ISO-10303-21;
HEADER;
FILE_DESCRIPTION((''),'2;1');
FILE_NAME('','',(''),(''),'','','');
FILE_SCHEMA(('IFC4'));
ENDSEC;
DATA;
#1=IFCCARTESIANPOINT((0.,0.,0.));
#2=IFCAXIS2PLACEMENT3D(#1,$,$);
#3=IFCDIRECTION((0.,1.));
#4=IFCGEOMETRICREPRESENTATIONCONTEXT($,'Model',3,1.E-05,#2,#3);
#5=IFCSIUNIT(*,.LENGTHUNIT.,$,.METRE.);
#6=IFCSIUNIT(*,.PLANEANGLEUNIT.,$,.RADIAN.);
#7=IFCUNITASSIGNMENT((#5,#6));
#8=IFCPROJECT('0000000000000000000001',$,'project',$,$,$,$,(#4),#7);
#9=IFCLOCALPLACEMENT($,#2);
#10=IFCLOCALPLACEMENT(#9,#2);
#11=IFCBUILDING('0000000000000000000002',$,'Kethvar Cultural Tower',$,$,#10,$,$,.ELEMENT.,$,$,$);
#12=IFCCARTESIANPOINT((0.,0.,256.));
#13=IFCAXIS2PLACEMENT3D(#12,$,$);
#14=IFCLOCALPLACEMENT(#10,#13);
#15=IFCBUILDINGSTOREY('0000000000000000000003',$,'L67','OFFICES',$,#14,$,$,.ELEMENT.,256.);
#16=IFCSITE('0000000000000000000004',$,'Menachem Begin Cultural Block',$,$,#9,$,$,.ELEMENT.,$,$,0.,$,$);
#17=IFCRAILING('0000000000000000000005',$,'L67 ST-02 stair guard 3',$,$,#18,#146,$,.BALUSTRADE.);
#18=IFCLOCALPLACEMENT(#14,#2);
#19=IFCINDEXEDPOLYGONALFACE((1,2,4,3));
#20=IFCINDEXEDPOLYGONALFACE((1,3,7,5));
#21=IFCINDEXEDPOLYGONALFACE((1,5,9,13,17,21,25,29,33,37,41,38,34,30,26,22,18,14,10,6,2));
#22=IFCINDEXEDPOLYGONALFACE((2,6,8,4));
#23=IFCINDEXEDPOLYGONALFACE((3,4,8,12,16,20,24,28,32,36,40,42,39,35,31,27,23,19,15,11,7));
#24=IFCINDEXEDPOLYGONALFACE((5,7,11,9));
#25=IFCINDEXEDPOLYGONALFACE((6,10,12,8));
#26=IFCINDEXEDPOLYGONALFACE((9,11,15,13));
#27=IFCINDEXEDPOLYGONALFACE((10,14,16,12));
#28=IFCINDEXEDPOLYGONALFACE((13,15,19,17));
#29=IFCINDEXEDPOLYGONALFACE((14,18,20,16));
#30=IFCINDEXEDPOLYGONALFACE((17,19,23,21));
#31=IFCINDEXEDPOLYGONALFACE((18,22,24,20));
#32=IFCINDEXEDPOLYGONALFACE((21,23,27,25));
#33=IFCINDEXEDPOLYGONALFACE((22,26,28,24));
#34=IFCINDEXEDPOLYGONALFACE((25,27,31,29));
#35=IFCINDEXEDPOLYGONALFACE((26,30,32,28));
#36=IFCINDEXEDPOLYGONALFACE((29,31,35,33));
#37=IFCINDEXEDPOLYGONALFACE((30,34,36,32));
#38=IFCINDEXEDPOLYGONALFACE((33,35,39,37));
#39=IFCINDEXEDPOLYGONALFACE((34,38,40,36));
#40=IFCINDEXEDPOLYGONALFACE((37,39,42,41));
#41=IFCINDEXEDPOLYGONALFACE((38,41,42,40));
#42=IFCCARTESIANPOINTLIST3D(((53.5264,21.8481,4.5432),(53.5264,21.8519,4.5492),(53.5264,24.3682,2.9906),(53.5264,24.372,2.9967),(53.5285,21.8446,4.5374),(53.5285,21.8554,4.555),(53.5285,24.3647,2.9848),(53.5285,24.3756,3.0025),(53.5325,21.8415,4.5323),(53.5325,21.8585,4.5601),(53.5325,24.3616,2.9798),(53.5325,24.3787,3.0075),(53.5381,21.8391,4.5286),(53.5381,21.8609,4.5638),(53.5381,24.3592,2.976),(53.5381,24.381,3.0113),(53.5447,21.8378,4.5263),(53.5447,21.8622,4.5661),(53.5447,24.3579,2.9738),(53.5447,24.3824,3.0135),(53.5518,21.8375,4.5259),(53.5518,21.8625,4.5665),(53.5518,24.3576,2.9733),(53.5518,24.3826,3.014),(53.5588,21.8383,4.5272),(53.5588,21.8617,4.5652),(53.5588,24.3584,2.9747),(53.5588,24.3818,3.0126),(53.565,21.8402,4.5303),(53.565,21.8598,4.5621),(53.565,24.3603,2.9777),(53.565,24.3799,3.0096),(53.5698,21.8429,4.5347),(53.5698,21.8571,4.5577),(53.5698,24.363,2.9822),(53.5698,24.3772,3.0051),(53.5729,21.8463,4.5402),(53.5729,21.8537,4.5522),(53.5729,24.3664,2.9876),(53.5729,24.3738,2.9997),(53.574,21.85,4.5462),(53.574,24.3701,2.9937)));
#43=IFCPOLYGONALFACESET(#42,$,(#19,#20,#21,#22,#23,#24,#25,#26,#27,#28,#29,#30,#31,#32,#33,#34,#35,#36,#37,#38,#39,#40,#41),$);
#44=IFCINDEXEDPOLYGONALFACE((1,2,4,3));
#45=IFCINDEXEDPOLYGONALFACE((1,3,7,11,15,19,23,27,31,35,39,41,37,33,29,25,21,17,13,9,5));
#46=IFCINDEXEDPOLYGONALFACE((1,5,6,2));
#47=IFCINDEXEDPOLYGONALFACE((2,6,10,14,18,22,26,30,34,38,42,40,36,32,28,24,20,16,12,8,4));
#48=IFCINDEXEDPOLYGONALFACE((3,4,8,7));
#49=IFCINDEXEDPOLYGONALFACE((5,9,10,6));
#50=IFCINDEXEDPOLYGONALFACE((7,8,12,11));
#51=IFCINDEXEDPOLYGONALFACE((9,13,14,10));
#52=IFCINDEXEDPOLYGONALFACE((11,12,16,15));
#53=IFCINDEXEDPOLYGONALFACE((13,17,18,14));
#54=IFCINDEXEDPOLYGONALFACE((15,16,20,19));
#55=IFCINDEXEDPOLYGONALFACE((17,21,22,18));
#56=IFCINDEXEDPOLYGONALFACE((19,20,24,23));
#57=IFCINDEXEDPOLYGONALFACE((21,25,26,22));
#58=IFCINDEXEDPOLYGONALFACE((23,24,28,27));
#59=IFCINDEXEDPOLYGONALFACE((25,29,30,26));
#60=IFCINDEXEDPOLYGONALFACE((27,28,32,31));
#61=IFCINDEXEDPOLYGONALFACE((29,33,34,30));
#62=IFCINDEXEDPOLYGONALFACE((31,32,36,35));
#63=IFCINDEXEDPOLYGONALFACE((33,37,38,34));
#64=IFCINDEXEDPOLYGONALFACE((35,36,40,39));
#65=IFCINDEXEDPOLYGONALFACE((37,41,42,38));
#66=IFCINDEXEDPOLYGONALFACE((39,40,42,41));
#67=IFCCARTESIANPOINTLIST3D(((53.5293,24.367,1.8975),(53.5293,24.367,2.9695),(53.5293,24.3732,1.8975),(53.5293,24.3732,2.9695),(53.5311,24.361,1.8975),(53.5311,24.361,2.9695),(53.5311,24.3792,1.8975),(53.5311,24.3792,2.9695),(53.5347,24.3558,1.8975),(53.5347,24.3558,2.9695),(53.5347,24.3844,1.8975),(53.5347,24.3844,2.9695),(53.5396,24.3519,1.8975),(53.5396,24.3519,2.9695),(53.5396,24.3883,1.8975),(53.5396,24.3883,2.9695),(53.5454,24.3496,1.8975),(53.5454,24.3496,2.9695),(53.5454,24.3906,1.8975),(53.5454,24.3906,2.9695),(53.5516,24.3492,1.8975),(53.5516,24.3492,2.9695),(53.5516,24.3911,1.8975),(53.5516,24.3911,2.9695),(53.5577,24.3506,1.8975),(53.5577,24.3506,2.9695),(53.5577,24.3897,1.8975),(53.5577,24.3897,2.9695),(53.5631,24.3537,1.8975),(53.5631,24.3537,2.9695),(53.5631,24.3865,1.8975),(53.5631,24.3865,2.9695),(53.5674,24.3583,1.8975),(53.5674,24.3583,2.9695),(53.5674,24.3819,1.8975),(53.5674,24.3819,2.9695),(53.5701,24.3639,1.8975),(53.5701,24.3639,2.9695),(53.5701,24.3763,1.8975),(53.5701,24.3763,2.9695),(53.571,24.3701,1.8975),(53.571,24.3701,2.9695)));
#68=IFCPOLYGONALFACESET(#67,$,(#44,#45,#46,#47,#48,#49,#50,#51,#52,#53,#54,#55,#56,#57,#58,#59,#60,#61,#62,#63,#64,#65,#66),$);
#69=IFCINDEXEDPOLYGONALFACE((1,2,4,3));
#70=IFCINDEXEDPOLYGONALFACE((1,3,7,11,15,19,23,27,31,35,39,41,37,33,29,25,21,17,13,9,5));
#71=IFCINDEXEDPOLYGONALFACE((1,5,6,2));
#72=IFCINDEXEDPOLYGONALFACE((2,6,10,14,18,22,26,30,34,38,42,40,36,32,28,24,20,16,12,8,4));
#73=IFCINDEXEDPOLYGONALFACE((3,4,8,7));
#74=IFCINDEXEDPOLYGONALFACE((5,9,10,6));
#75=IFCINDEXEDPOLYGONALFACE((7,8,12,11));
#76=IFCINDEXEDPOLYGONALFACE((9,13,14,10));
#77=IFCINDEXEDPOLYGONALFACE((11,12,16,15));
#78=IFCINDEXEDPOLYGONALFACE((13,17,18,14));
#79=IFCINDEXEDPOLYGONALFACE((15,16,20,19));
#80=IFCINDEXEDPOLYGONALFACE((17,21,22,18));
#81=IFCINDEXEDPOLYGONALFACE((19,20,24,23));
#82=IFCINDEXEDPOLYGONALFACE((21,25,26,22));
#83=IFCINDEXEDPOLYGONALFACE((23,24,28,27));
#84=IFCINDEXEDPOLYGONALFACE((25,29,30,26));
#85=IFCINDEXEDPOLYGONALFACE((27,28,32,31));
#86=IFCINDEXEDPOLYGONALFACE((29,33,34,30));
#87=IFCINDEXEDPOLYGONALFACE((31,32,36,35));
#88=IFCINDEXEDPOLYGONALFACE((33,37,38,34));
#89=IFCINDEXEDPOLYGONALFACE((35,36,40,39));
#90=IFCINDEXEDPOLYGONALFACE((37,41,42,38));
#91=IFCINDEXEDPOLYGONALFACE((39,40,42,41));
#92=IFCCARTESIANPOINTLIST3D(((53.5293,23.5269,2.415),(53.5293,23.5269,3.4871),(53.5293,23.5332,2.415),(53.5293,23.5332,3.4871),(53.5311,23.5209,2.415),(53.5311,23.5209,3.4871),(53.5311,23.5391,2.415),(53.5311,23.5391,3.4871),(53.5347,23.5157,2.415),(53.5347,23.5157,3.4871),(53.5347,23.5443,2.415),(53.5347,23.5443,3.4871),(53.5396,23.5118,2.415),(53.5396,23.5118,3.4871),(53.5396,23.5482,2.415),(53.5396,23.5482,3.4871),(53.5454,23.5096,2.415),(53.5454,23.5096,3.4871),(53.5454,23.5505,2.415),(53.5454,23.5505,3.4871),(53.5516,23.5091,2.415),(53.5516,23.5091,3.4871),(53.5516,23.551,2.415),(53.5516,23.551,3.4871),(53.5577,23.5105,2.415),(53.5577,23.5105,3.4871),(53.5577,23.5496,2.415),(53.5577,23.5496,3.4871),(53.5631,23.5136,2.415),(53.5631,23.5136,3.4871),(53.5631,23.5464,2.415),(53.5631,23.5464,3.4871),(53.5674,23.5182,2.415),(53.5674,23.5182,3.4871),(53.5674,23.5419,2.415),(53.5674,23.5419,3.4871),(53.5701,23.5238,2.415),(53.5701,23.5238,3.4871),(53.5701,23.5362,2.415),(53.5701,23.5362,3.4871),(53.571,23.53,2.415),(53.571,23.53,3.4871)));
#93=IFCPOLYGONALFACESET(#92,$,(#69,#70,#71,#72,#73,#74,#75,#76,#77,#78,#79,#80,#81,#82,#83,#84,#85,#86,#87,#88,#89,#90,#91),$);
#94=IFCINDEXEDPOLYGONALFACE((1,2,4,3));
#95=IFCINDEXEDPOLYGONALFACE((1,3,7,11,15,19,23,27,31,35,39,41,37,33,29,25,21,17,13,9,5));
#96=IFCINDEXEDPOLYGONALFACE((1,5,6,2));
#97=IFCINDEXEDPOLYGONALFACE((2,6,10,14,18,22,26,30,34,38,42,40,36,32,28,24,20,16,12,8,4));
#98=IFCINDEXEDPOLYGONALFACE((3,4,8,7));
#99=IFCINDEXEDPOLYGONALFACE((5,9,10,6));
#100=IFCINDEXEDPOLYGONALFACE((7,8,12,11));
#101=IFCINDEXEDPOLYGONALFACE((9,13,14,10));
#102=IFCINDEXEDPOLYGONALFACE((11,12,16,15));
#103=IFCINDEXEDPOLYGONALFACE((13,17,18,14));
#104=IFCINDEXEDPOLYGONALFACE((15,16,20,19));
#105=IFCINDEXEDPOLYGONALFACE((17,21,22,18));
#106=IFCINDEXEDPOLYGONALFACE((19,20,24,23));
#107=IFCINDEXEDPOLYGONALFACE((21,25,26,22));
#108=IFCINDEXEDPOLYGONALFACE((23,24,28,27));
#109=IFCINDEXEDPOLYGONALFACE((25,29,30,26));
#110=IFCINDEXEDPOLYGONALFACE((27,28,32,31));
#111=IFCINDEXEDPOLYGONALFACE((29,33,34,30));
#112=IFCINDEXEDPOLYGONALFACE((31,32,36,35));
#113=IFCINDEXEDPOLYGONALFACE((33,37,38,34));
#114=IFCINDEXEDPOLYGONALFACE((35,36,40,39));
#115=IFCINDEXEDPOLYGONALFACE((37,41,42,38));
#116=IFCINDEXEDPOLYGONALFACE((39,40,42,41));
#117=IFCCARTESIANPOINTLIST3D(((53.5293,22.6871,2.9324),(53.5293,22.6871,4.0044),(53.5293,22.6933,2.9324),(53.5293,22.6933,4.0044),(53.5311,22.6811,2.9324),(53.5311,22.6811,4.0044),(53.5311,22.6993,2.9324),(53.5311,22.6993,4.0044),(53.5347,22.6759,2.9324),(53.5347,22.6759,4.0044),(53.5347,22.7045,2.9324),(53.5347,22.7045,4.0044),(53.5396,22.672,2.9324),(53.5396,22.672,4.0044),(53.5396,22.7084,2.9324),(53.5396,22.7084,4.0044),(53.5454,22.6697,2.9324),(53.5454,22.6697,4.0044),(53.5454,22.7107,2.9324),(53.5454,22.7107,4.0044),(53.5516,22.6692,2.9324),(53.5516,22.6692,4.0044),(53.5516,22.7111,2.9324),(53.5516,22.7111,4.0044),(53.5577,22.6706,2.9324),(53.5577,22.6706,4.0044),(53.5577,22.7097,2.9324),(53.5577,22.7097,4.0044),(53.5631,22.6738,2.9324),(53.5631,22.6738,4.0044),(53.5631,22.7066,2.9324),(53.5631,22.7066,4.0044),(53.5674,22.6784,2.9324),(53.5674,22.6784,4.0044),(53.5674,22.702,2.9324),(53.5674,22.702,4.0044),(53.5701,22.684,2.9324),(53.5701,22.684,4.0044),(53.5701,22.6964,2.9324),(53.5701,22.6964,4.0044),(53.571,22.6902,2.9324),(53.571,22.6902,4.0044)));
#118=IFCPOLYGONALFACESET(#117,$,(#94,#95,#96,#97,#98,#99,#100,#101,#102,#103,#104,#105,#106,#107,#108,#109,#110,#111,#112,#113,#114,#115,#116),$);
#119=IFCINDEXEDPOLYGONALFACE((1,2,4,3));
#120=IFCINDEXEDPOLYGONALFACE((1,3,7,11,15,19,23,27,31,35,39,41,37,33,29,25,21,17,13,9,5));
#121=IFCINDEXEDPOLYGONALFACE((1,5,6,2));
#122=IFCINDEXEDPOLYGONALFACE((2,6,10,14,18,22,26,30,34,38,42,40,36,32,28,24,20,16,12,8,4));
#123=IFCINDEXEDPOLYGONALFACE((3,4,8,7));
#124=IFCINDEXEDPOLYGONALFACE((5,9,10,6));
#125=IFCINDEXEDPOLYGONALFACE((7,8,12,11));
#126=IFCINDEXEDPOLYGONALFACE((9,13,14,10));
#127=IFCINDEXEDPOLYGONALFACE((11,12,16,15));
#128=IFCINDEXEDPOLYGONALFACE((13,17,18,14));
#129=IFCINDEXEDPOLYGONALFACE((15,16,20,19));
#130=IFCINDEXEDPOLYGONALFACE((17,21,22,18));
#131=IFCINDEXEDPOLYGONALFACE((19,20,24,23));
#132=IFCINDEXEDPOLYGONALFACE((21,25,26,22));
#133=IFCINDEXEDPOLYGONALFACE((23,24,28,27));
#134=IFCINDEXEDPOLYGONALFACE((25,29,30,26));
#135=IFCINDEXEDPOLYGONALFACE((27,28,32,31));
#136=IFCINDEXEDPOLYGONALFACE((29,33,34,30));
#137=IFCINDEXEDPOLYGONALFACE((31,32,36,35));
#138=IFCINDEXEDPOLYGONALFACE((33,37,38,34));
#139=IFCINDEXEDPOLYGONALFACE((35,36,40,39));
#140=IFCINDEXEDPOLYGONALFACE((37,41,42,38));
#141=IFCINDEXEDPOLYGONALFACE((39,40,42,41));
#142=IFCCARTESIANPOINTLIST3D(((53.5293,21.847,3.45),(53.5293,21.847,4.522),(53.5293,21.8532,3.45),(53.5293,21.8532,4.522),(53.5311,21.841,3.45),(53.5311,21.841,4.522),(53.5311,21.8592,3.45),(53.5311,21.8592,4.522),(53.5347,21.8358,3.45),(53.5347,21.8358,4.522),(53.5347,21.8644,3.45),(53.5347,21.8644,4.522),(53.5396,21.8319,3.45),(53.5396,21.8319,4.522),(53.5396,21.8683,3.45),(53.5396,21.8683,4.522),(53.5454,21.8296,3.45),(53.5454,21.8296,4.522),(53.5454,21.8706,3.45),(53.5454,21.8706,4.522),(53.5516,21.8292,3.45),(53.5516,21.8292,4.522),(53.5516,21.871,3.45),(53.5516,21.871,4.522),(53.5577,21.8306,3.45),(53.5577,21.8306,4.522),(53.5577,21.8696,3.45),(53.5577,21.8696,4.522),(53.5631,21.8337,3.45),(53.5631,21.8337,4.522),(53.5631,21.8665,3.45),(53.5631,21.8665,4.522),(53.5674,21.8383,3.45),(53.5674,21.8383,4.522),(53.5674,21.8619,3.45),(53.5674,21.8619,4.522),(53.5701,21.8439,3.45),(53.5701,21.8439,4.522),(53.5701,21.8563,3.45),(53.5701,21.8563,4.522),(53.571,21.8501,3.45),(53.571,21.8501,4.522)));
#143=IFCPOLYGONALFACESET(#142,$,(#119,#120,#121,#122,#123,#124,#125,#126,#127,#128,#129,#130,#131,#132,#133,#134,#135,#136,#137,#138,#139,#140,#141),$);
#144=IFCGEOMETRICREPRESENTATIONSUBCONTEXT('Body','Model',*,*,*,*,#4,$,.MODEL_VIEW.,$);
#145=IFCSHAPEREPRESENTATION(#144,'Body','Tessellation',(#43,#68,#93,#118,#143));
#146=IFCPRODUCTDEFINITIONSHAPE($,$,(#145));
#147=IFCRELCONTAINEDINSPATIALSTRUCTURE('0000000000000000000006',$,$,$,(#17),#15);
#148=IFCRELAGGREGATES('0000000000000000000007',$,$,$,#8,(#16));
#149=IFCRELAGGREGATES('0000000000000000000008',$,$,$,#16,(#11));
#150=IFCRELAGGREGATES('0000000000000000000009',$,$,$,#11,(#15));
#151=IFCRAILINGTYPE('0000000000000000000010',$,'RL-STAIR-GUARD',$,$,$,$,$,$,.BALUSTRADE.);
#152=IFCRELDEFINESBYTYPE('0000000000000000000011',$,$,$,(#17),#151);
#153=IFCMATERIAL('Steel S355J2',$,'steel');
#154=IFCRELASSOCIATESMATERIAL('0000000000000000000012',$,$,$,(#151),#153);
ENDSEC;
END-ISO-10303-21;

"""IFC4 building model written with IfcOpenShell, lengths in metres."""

from ifc_helpers import new_model, si_unit, direction, frame, origin, origin_2d, place, context, subcontext, project, spatial, circle, extrude, material, type_object, element, save


model = new_model("IFC4")

# Units and contexts
model_context = context("Model", 3, precision=1e-05, world=origin(), true_north=direction((0.0, 1.0)))
body_context = subcontext(model_context, "Body", "Model", "MODEL_VIEW")
ifc_project = project(units=[si_unit("LENGTHUNIT", "METRE"), si_unit("PLANEANGLEUNIT", "RADIAN")], contexts=[model_context])

# Site, building, storey
site_placement = place(None, origin())
site = spatial("IfcSite", under=ifc_project, at=site_placement, Name="Menachem Begin Cultural Block", CompositionType="ELEMENT", RefElevation=0.0)
building_placement = place(site_placement, origin())
building = spatial("IfcBuilding", under=site, at=building_placement, Name="Kethvar Cultural Tower", CompositionType="ELEMENT")
storey_placement = place(building_placement, frame((0.0, 0.0, 256.0)))
storey = spatial("IfcBuildingStorey", under=building, at=storey_placement, Name="L67", Description="OFFICES", CompositionType="ELEMENT", Elevation=256.0)

# Shared definitions
ifc_material_1 = material(Name="Steel S355J2", Category="steel")

# Railing
railing_type_1 = type_object("IfcRailingType", Name="RL-STAIR-GUARD", PredefinedType="BALUSTRADE", material=ifc_material_1)
railing_1_placement = place(storey_placement, frame((53.55, 24.3701, 1.8975)))
element("IfcRailing", 1, at=railing_1_placement, inside=storey, type_object=railing_type_1, Name="L67 ST-02 stair guard 3", PredefinedType="BALUSTRADE", context=body_context, shape_type="SweptSolid", body=[
    extrude(circle(Radius=0.0239, at=origin_2d()), frame((0.0, 0.0, 1.0962), z_axis=(0.0, -0.8514, 0.524516), x_axis=(1.0, 0.0, 0.0)), (0.0, 0.0, 1.0), 2.96),
    extrude(circle(Radius=0.021, at=origin_2d()), origin(), (0.0, 0.0, 1.0), 1.072),
    extrude(circle(Radius=0.021, at=origin_2d()), frame((0.0, -0.8401, 0.5176)), (0.0, 0.0, 1.0), 1.072),
    extrude(circle(Radius=0.021, at=origin_2d()), frame((0.0, -1.6799, 1.0349)), (0.0, 0.0, 1.0), 1.072),
    extrude(circle(Radius=0.021, at=origin_2d()), frame((0.0, -2.52, 1.5525)), (0.0, 0.0, 1.0), 1.072),
])

save(model, "model.ifc")
